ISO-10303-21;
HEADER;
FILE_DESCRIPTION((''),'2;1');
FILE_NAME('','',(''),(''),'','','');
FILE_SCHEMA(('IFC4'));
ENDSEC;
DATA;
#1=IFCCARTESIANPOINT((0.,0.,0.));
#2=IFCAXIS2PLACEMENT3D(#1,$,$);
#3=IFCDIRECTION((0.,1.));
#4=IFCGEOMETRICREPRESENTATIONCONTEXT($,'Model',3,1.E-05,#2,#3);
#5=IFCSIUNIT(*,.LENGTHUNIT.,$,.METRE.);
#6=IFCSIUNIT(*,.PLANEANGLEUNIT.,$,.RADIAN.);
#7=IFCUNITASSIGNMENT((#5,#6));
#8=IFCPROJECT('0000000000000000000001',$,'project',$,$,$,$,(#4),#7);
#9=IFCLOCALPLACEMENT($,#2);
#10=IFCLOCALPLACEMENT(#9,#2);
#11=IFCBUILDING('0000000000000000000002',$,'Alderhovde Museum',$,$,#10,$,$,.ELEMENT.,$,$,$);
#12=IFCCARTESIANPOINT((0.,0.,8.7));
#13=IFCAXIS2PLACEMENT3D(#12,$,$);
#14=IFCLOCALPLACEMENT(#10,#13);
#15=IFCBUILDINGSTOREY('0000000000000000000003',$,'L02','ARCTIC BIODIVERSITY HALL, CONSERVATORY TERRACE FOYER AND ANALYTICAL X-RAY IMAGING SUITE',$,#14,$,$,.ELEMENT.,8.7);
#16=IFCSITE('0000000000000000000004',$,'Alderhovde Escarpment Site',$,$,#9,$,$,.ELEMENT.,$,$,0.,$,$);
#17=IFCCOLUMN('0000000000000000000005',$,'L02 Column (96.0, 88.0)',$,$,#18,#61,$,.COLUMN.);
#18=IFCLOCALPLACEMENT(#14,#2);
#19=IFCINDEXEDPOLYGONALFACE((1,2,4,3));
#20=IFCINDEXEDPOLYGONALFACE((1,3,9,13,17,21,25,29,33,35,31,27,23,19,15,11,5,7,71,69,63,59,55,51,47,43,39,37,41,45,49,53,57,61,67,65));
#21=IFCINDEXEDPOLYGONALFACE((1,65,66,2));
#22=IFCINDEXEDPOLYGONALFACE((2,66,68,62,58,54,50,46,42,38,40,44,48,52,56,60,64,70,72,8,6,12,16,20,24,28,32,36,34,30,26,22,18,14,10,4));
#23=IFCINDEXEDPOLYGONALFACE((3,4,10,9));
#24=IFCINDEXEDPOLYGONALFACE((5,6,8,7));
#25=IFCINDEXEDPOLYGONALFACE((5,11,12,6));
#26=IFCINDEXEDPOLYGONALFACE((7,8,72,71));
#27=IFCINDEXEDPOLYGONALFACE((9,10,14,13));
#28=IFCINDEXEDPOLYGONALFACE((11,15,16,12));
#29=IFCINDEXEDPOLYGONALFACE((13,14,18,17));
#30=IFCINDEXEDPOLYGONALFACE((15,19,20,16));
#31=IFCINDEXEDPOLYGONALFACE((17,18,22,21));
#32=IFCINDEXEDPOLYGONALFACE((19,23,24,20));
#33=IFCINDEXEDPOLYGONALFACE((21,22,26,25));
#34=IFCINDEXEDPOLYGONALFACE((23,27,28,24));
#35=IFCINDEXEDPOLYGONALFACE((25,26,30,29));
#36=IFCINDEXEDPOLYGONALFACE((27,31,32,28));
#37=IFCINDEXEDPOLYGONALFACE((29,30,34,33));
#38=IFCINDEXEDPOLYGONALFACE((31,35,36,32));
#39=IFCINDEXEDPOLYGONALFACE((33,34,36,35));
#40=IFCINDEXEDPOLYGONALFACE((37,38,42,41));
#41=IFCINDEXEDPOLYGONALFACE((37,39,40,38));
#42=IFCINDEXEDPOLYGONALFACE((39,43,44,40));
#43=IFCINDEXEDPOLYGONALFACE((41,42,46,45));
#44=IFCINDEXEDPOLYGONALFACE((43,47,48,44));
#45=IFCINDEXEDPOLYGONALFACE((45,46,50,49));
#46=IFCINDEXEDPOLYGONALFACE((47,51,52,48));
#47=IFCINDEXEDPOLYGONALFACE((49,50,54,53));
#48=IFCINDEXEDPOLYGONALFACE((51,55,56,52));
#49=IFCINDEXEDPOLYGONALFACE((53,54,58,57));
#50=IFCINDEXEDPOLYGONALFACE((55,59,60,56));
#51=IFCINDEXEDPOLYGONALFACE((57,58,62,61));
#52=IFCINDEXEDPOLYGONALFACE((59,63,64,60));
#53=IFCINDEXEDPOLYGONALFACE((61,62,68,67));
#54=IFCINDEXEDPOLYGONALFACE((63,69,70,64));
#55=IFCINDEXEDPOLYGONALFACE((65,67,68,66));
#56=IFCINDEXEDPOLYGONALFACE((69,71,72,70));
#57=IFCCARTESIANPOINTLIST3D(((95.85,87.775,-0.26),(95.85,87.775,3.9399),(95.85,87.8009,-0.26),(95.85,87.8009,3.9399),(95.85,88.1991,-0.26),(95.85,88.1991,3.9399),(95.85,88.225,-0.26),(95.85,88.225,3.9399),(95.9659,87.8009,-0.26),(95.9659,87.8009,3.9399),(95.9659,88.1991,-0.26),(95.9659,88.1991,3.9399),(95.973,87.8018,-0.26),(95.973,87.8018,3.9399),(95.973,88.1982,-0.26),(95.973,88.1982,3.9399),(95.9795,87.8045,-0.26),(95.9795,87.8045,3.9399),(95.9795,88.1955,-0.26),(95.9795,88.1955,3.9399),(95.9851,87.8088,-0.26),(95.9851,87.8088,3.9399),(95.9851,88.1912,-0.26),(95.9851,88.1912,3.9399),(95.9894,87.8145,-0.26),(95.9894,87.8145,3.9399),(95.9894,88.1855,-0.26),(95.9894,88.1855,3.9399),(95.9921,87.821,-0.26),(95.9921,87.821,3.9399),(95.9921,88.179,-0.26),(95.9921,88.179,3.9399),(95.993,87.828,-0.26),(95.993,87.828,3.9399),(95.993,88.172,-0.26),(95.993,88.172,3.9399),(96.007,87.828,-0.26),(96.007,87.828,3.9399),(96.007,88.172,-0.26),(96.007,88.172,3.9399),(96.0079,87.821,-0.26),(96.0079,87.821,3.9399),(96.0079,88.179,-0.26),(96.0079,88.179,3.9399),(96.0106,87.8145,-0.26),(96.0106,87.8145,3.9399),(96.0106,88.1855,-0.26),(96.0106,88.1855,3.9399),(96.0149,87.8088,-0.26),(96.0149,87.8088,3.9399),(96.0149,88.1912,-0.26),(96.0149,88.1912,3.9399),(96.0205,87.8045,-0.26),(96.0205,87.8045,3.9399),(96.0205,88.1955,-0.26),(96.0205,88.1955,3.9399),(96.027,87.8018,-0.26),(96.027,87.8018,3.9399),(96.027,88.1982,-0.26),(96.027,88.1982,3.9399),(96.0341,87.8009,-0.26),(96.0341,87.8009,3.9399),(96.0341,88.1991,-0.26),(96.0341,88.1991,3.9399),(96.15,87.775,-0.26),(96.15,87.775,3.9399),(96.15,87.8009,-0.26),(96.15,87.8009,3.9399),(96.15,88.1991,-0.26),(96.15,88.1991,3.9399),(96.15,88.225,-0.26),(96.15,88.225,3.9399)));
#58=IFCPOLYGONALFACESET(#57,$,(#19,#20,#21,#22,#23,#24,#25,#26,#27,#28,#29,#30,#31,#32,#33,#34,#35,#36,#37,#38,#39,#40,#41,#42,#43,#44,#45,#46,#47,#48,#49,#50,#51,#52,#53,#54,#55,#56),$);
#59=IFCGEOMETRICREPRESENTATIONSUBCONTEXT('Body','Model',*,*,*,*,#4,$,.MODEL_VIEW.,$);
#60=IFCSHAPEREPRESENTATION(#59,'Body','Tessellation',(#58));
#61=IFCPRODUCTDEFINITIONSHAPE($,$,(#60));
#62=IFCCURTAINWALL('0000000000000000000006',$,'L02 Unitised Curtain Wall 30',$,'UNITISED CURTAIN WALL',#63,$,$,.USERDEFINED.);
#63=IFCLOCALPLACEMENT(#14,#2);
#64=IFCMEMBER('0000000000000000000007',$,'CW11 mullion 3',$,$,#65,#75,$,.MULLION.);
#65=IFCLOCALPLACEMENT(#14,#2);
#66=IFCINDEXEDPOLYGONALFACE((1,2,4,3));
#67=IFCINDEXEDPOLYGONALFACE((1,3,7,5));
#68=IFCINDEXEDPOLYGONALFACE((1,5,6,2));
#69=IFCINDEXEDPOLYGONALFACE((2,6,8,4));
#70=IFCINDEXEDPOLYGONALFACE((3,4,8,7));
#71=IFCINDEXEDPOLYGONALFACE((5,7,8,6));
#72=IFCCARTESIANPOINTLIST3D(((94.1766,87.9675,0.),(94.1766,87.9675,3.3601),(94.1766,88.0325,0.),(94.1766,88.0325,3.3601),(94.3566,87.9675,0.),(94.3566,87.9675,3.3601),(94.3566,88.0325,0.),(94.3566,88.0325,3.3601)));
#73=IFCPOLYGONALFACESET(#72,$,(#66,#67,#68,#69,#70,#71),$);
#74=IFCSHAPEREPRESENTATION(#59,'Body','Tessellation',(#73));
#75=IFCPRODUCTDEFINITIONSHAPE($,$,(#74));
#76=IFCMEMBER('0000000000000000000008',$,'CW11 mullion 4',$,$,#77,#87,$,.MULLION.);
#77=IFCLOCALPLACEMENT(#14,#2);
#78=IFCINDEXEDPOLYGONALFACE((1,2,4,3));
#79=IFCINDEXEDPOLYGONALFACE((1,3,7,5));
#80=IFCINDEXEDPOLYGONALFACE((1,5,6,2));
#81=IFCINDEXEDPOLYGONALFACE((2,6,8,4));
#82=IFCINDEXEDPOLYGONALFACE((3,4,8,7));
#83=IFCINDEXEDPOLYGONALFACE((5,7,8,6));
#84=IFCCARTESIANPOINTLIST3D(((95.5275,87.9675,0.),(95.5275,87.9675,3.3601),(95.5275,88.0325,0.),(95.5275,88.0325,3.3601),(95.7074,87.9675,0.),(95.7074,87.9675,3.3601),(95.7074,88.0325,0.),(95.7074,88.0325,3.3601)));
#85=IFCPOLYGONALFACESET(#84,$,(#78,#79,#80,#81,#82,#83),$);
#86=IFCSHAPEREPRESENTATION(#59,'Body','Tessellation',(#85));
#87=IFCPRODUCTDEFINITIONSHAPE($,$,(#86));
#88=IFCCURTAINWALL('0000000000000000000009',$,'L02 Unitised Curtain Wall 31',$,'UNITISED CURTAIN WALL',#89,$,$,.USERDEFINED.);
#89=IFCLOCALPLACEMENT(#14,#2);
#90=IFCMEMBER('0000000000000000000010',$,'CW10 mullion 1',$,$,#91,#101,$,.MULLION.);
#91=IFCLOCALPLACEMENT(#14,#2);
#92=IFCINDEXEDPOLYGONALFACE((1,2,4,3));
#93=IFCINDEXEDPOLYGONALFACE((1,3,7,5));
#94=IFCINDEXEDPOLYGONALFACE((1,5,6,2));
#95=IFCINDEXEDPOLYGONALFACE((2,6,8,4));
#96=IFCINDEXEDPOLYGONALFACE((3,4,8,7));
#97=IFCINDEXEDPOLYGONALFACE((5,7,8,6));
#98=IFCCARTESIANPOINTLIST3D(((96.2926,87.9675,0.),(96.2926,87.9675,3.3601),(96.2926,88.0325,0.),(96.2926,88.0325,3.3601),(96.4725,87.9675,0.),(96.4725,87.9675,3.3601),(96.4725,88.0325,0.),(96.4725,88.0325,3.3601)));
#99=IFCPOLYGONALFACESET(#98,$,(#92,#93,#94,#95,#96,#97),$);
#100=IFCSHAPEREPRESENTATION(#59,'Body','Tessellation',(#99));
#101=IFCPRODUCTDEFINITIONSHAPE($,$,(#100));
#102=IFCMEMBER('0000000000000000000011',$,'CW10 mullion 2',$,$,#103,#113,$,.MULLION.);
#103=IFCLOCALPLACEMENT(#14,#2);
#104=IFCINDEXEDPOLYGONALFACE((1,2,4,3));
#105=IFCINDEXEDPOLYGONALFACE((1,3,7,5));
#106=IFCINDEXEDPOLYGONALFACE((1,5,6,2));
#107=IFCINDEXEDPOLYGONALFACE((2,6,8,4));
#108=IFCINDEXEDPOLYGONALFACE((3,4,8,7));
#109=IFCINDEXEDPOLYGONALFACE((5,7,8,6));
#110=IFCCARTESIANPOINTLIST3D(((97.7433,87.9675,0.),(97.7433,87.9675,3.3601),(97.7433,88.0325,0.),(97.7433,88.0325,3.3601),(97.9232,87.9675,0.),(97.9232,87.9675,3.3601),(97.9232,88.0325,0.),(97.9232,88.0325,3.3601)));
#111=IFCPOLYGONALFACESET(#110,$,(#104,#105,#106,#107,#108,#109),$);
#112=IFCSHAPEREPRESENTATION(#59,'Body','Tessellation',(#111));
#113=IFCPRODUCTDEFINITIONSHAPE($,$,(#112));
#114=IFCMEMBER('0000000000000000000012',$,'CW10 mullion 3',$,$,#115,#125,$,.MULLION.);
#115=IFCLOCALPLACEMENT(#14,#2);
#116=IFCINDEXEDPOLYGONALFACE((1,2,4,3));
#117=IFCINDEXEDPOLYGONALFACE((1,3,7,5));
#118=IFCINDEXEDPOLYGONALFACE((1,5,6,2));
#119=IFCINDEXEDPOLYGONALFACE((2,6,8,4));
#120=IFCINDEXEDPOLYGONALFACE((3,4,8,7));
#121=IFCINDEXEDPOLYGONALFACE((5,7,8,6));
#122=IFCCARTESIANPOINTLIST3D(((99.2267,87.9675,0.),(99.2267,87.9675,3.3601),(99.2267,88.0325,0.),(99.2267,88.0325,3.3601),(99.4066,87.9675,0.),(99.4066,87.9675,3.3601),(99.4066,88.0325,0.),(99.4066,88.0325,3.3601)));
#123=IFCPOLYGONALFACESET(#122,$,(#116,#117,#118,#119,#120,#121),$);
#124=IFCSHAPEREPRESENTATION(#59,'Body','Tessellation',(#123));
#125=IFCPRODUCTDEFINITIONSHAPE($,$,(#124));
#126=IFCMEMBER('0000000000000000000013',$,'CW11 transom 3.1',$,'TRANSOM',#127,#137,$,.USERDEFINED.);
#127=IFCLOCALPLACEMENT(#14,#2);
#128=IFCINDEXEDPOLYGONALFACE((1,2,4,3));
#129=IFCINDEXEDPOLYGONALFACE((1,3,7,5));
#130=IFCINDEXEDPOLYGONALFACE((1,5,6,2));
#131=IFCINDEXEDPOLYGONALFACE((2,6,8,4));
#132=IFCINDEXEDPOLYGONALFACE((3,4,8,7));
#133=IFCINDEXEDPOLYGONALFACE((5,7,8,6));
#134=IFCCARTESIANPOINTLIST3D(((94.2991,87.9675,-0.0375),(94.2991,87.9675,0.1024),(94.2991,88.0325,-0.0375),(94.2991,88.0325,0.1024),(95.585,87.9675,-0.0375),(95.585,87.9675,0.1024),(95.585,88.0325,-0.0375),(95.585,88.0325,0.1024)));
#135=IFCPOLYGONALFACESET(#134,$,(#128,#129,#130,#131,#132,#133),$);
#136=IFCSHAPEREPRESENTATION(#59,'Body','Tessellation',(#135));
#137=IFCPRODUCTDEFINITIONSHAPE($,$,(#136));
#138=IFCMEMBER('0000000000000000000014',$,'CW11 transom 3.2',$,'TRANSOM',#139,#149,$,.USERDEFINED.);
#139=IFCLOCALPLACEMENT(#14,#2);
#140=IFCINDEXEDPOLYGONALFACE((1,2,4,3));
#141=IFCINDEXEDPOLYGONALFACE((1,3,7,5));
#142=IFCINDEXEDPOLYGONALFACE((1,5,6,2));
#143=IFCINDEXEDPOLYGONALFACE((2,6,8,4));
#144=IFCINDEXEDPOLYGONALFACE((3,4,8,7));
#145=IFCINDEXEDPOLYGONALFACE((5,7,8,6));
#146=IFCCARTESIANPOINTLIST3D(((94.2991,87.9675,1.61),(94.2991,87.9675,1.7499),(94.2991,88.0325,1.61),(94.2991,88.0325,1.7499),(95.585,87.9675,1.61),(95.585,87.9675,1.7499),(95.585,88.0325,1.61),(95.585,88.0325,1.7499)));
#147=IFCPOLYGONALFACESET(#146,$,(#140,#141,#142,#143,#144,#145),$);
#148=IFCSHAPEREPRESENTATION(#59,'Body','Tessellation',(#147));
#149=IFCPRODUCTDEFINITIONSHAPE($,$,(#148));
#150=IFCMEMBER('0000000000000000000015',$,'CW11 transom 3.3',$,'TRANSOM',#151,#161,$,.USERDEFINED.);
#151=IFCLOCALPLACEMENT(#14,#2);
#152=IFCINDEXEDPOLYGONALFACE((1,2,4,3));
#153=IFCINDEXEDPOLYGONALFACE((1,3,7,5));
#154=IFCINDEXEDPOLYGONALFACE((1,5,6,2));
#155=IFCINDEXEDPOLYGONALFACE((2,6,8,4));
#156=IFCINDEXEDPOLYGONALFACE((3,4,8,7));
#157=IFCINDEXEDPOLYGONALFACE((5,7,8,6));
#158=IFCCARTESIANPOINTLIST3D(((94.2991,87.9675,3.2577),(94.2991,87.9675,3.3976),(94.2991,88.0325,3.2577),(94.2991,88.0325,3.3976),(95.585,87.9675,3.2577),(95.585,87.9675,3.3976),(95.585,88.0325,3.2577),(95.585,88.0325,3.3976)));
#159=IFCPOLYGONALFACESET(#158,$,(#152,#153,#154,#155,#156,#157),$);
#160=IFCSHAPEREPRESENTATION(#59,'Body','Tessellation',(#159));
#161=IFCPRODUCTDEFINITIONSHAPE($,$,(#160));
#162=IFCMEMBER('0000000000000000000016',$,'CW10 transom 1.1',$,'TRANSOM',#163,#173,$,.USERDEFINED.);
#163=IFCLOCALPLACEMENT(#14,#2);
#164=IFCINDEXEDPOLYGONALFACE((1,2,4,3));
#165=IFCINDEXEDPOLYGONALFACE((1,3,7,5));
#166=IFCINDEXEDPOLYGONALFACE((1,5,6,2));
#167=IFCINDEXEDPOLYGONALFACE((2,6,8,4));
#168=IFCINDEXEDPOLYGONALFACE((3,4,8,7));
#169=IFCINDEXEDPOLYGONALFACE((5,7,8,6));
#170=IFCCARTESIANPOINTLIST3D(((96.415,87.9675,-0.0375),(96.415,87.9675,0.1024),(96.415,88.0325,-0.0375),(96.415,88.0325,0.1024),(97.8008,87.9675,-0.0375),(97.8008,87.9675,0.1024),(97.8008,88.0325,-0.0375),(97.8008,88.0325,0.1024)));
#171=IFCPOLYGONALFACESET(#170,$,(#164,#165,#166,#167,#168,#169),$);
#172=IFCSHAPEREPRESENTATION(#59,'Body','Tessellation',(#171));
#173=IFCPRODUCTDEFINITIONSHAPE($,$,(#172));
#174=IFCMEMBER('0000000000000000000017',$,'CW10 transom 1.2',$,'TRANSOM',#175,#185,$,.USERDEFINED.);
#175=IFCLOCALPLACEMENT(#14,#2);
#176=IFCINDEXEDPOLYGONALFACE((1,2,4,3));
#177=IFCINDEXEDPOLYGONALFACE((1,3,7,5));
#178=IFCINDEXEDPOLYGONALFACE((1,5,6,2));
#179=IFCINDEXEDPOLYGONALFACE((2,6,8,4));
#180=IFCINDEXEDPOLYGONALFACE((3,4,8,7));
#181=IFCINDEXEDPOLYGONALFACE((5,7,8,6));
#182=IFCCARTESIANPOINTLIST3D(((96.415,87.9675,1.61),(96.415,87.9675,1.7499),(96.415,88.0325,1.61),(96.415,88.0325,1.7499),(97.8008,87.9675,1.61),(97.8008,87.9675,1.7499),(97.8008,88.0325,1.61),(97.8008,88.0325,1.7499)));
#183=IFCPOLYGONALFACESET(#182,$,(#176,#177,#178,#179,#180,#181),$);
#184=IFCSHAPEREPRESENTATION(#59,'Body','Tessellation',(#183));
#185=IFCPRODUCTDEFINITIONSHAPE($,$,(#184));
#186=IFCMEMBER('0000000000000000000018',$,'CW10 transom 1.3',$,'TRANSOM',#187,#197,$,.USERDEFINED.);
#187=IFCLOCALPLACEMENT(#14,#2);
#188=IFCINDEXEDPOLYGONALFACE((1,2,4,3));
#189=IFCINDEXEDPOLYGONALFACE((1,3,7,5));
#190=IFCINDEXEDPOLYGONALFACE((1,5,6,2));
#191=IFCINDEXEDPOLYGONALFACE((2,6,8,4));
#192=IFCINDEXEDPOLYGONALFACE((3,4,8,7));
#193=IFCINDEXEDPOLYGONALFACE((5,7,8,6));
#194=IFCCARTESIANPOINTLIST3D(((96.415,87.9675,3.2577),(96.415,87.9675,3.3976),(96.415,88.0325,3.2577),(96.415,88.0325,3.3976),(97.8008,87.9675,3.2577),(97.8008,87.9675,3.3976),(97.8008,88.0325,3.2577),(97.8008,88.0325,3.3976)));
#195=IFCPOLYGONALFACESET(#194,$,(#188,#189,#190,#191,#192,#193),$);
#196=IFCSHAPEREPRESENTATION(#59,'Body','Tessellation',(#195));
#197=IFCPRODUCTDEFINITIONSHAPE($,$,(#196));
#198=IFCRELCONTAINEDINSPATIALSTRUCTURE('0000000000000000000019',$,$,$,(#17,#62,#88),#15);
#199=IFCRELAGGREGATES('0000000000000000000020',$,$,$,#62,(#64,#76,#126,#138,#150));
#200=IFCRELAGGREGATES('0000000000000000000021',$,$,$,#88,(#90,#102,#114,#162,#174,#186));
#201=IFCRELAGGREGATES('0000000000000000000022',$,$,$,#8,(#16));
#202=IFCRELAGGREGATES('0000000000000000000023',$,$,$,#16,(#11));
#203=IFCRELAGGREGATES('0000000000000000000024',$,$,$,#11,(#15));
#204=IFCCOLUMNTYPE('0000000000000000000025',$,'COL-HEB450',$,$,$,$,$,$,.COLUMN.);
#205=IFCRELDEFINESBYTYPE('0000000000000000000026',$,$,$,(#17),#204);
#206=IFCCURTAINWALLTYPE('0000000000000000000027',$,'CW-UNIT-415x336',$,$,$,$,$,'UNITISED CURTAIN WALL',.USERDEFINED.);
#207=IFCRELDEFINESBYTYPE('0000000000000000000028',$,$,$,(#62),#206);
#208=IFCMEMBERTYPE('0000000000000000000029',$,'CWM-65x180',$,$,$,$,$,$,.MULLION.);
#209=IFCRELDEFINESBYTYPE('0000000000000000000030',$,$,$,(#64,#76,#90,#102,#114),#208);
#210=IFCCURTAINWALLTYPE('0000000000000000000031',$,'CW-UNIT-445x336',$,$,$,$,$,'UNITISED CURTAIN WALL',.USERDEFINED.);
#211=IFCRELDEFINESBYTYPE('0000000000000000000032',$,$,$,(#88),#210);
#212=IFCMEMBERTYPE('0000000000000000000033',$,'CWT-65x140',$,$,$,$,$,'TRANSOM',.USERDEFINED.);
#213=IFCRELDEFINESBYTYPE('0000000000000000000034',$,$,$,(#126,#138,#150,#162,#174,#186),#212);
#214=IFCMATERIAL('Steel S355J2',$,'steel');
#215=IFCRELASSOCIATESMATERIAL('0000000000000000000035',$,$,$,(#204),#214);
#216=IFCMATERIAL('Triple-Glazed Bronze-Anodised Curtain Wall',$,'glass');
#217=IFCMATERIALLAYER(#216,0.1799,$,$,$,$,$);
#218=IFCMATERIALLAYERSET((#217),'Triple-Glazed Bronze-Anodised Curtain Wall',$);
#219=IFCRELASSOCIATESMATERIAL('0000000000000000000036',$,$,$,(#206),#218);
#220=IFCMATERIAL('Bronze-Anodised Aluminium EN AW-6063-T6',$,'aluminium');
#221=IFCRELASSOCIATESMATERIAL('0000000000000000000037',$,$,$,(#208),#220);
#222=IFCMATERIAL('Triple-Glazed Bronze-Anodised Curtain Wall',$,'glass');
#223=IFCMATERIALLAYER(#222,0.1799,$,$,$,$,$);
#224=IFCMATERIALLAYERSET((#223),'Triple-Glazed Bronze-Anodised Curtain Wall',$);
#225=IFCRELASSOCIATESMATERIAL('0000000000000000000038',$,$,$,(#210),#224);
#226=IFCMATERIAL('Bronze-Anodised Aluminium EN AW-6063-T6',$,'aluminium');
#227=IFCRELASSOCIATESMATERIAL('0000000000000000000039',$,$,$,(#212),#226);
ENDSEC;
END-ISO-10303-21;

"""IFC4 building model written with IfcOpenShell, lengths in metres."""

from ifc_helpers import new_model, si_unit, direction, frame, origin, origin_2d, place, context, subcontext, project, spatial, rectangle, i_section, extrude, material, layer, layer_set, material_profile, profile_set, type_object, element, aggregate, save


model = new_model("IFC4")

# Units and contexts
model_context = context("Model", 3, precision=1e-05, world=origin(), true_north=direction((0.0, 1.0)))
body_context = subcontext(model_context, "Body", "Model", "MODEL_VIEW")
ifc_project = project(units=[si_unit("LENGTHUNIT", "METRE"), si_unit("PLANEANGLEUNIT", "RADIAN")], contexts=[model_context])

# Site, building, storey
site_placement = place(None, origin())
site = spatial("IfcSite", under=ifc_project, at=site_placement, Name="Alderhovde Escarpment Site", CompositionType="ELEMENT", RefElevation=0.0)
building_placement = place(site_placement, origin())
building = spatial("IfcBuilding", under=site, at=building_placement, Name="Alderhovde Museum", CompositionType="ELEMENT")
storey_placement = place(building_placement, frame((0.0, 0.0, 8.7)))
storey = spatial("IfcBuildingStorey", under=building, at=storey_placement, Name="L02", Description="ARCTIC BIODIVERSITY HALL, CONSERVATORY TERRACE FOYER AND ANALYTICAL X-RAY IMAGING SUITE", CompositionType="ELEMENT", Elevation=8.7)

# Column
ifc_material_1 = material(Name="Steel S355J2", Category="steel")
ifc_material_profile_1 = material_profile(ifc_material_1, i_section(OverallWidth=0.3, OverallDepth=0.45, WebThickness=0.0139, FlangeThickness=0.0259, FilletRadius=0.0271, at=origin_2d()), Name="HEB 450")
ifc_profile_set_1 = profile_set([ifc_material_profile_1], Name="Steel S355J2")
column_type = type_object("IfcColumnType", Name="COL-HEB450", PredefinedType="COLUMN", material=ifc_profile_set_1)
column_placement = place(storey_placement, frame((96.0, 88.0, -0.26), z_axis=(0.0, 0.0, 1.0), x_axis=(1.0, 0.0, 0.0)))
element("IfcColumn", 1, at=column_placement, inside=storey, type_object=column_type, Name="L02 Column (96.0, 88.0)", PredefinedType="COLUMN", context=body_context, shape_type="SweptSolid", body=[
    extrude(i_section(OverallWidth=0.3, OverallDepth=0.45, WebThickness=0.0139, FlangeThickness=0.0259, FilletRadius=0.0271, at=origin_2d()), origin(), (0.0, 0.0, 1.0), 4.2),
])

# Curtain walls, members
ifc_material_2 = material(Name="Triple-Glazed Bronze-Anodised Curtain Wall", Category="glass")
ifc_layer_1 = layer(ifc_material_2, 0.1799)
ifc_layer_set_1 = layer_set([ifc_layer_1], Name="Triple-Glazed Bronze-Anodised Curtain Wall")
curtain_wall_type_1 = type_object("IfcCurtainWallType", Name="CW-UNIT-415x336", ElementType="UNITISED CURTAIN WALL", PredefinedType="USERDEFINED", material=ifc_layer_set_1)
curtain_wall_1_placement = place(storey_placement, origin())
curtain_wall_1 = element("IfcCurtainWall", 2, at=curtain_wall_1_placement, inside=storey, type_object=curtain_wall_type_1, Name="L02 Unitised Curtain Wall 30", ObjectType="UNITISED CURTAIN WALL", PredefinedType="USERDEFINED")
ifc_material_3 = material(Name="Bronze-Anodised Aluminium EN AW-6063-T6", Category="aluminium")
ifc_material_profile_2 = material_profile(ifc_material_3, rectangle(XDim=0.0649, YDim=0.1799, at=origin_2d()), Name="MULLION 65x180")
ifc_profile_set_2 = profile_set([ifc_material_profile_2], Name="Bronze-Anodised Aluminium EN AW-6063-T6")
member_type_1 = type_object("IfcMemberType", Name="CWM-65x180", PredefinedType="MULLION", material=ifc_profile_set_2)
member_1_placement = place(storey_placement, frame((94.2666, 88.0, 0.0), z_axis=(0.0, 0.0, 1.0), x_axis=(0.0, 1.0, 0.0)))
member_1 = element("IfcMember", 3, at=member_1_placement, type_object=member_type_1, Name="CW11 mullion 3", PredefinedType="MULLION", context=body_context, shape_type="SweptSolid", body=[
    extrude(rectangle(XDim=0.0649, YDim=0.1799, at=origin_2d()), origin(), (0.0, 0.0, 1.0), 3.3601),
])
member_2_placement = place(storey_placement, frame((95.6174, 88.0, 0.0), z_axis=(0.0, 0.0, 1.0), x_axis=(0.0, 1.0, 0.0)))
member_2 = element("IfcMember", 4, at=member_2_placement, type_object=member_type_1, Name="CW11 mullion 4", PredefinedType="MULLION", context=body_context, shape_type="SweptSolid", body=[
    extrude(rectangle(XDim=0.0649, YDim=0.1799, at=origin_2d()), origin(), (0.0, 0.0, 1.0), 3.3601),
])
ifc_material_4 = material(Name="Triple-Glazed Bronze-Anodised Curtain Wall", Category="glass")
ifc_layer_2 = layer(ifc_material_4, 0.1799)
ifc_layer_set_2 = layer_set([ifc_layer_2], Name="Triple-Glazed Bronze-Anodised Curtain Wall")
curtain_wall_type_2 = type_object("IfcCurtainWallType", Name="CW-UNIT-445x336", ElementType="UNITISED CURTAIN WALL", PredefinedType="USERDEFINED", material=ifc_layer_set_2)
curtain_wall_2_placement = place(storey_placement, origin())
curtain_wall_2 = element("IfcCurtainWall", 5, at=curtain_wall_2_placement, inside=storey, type_object=curtain_wall_type_2, Name="L02 Unitised Curtain Wall 31", ObjectType="UNITISED CURTAIN WALL", PredefinedType="USERDEFINED")
member_3_placement = place(storey_placement, frame((96.3826, 88.0, 0.0), z_axis=(0.0, 0.0, 1.0), x_axis=(0.0, 1.0, 0.0)))
member_3 = element("IfcMember", 6, at=member_3_placement, type_object=member_type_1, Name="CW10 mullion 1", PredefinedType="MULLION", context=body_context, shape_type="SweptSolid", body=[
    extrude(rectangle(XDim=0.0649, YDim=0.1799, at=origin_2d()), origin(), (0.0, 0.0, 1.0), 3.3601),
])
member_4_placement = place(storey_placement, frame((97.8333, 88.0, 0.0), z_axis=(0.0, 0.0, 1.0), x_axis=(0.0, 1.0, 0.0)))
member_4 = element("IfcMember", 7, at=member_4_placement, type_object=member_type_1, Name="CW10 mullion 2", PredefinedType="MULLION", context=body_context, shape_type="SweptSolid", body=[
    extrude(rectangle(XDim=0.0649, YDim=0.1799, at=origin_2d()), origin(), (0.0, 0.0, 1.0), 3.3601),
])
member_5_placement = place(storey_placement, frame((99.3167, 88.0, 0.0), z_axis=(0.0, 0.0, 1.0), x_axis=(0.0, 1.0, 0.0)))
member_5 = element("IfcMember", 8, at=member_5_placement, type_object=member_type_1, Name="CW10 mullion 3", PredefinedType="MULLION", context=body_context, shape_type="SweptSolid", body=[
    extrude(rectangle(XDim=0.0649, YDim=0.1799, at=origin_2d()), origin(), (0.0, 0.0, 1.0), 3.3601),
])

# Members
ifc_material_5 = material(Name="Bronze-Anodised Aluminium EN AW-6063-T6", Category="aluminium")
ifc_material_profile_3 = material_profile(ifc_material_5, rectangle(XDim=0.0649, YDim=0.1399, at=origin_2d()), Name="TRANSOM 65x140")
ifc_profile_set_3 = profile_set([ifc_material_profile_3], Name="Bronze-Anodised Aluminium EN AW-6063-T6")
member_type_2 = type_object("IfcMemberType", Name="CWT-65x140", ElementType="TRANSOM", PredefinedType="USERDEFINED", material=ifc_profile_set_3)
member_6_placement = place(storey_placement, frame((94.2991, 88.0, 0.0325), z_axis=(1.0, 0.0, 0.0), x_axis=(0.0, 1.0, 0.0)))
member_6 = element("IfcMember", 9, at=member_6_placement, type_object=member_type_2, Name="CW11 transom 3.1", ObjectType="TRANSOM", PredefinedType="USERDEFINED", context=body_context, shape_type="SweptSolid", body=[
    extrude(rectangle(XDim=0.0649, YDim=0.1399, at=origin_2d()), origin(), (0.0, 0.0, 1.0), 1.2859),
])
member_7_placement = place(storey_placement, frame((94.2991, 88.0, 1.6799), z_axis=(1.0, 0.0, 0.0), x_axis=(0.0, 1.0, 0.0)))
member_7 = element("IfcMember", 10, at=member_7_placement, type_object=member_type_2, Name="CW11 transom 3.2", ObjectType="TRANSOM", PredefinedType="USERDEFINED", context=body_context, shape_type="SweptSolid", body=[
    extrude(rectangle(XDim=0.0649, YDim=0.1399, at=origin_2d()), origin(), (0.0, 0.0, 1.0), 1.2859),
])
member_8_placement = place(storey_placement, frame((94.2991, 88.0, 3.3276), z_axis=(1.0, 0.0, 0.0), x_axis=(0.0, 1.0, 0.0)))
member_8 = element("IfcMember", 11, at=member_8_placement, type_object=member_type_2, Name="CW11 transom 3.3", ObjectType="TRANSOM", PredefinedType="USERDEFINED", context=body_context, shape_type="SweptSolid", body=[
    extrude(rectangle(XDim=0.0649, YDim=0.1399, at=origin_2d()), origin(), (0.0, 0.0, 1.0), 1.2859),
])
member_9_placement = place(storey_placement, frame((96.415, 88.0, 0.0325), z_axis=(1.0, 0.0, 0.0), x_axis=(0.0, 1.0, 0.0)))
member_9 = element("IfcMember", 12, at=member_9_placement, type_object=member_type_2, Name="CW10 transom 1.1", ObjectType="TRANSOM", PredefinedType="USERDEFINED", context=body_context, shape_type="SweptSolid", body=[
    extrude(rectangle(XDim=0.0649, YDim=0.1399, at=origin_2d()), origin(), (0.0, 0.0, 1.0), 1.3857),
])
member_10_placement = place(storey_placement, frame((96.415, 88.0, 1.6799), z_axis=(1.0, 0.0, 0.0), x_axis=(0.0, 1.0, 0.0)))
member_10 = element("IfcMember", 13, at=member_10_placement, type_object=member_type_2, Name="CW10 transom 1.2", ObjectType="TRANSOM", PredefinedType="USERDEFINED", context=body_context, shape_type="SweptSolid", body=[
    extrude(rectangle(XDim=0.0649, YDim=0.1399, at=origin_2d()), origin(), (0.0, 0.0, 1.0), 1.3857),
])
member_11_placement = place(storey_placement, frame((96.415, 88.0, 3.3276), z_axis=(1.0, 0.0, 0.0), x_axis=(0.0, 1.0, 0.0)))
member_11 = element("IfcMember", 14, at=member_11_placement, type_object=member_type_2, Name="CW10 transom 1.3", ObjectType="TRANSOM", PredefinedType="USERDEFINED", context=body_context, shape_type="SweptSolid", body=[
    extrude(rectangle(XDim=0.0649, YDim=0.1399, at=origin_2d()), origin(), (0.0, 0.0, 1.0), 1.3857),
])

aggregate(curtain_wall_1, [member_1, member_2, member_6, member_7, member_8])
aggregate(curtain_wall_2, [member_3, member_4, member_5, member_9, member_10, member_11])

save(model, "model.ifc")
